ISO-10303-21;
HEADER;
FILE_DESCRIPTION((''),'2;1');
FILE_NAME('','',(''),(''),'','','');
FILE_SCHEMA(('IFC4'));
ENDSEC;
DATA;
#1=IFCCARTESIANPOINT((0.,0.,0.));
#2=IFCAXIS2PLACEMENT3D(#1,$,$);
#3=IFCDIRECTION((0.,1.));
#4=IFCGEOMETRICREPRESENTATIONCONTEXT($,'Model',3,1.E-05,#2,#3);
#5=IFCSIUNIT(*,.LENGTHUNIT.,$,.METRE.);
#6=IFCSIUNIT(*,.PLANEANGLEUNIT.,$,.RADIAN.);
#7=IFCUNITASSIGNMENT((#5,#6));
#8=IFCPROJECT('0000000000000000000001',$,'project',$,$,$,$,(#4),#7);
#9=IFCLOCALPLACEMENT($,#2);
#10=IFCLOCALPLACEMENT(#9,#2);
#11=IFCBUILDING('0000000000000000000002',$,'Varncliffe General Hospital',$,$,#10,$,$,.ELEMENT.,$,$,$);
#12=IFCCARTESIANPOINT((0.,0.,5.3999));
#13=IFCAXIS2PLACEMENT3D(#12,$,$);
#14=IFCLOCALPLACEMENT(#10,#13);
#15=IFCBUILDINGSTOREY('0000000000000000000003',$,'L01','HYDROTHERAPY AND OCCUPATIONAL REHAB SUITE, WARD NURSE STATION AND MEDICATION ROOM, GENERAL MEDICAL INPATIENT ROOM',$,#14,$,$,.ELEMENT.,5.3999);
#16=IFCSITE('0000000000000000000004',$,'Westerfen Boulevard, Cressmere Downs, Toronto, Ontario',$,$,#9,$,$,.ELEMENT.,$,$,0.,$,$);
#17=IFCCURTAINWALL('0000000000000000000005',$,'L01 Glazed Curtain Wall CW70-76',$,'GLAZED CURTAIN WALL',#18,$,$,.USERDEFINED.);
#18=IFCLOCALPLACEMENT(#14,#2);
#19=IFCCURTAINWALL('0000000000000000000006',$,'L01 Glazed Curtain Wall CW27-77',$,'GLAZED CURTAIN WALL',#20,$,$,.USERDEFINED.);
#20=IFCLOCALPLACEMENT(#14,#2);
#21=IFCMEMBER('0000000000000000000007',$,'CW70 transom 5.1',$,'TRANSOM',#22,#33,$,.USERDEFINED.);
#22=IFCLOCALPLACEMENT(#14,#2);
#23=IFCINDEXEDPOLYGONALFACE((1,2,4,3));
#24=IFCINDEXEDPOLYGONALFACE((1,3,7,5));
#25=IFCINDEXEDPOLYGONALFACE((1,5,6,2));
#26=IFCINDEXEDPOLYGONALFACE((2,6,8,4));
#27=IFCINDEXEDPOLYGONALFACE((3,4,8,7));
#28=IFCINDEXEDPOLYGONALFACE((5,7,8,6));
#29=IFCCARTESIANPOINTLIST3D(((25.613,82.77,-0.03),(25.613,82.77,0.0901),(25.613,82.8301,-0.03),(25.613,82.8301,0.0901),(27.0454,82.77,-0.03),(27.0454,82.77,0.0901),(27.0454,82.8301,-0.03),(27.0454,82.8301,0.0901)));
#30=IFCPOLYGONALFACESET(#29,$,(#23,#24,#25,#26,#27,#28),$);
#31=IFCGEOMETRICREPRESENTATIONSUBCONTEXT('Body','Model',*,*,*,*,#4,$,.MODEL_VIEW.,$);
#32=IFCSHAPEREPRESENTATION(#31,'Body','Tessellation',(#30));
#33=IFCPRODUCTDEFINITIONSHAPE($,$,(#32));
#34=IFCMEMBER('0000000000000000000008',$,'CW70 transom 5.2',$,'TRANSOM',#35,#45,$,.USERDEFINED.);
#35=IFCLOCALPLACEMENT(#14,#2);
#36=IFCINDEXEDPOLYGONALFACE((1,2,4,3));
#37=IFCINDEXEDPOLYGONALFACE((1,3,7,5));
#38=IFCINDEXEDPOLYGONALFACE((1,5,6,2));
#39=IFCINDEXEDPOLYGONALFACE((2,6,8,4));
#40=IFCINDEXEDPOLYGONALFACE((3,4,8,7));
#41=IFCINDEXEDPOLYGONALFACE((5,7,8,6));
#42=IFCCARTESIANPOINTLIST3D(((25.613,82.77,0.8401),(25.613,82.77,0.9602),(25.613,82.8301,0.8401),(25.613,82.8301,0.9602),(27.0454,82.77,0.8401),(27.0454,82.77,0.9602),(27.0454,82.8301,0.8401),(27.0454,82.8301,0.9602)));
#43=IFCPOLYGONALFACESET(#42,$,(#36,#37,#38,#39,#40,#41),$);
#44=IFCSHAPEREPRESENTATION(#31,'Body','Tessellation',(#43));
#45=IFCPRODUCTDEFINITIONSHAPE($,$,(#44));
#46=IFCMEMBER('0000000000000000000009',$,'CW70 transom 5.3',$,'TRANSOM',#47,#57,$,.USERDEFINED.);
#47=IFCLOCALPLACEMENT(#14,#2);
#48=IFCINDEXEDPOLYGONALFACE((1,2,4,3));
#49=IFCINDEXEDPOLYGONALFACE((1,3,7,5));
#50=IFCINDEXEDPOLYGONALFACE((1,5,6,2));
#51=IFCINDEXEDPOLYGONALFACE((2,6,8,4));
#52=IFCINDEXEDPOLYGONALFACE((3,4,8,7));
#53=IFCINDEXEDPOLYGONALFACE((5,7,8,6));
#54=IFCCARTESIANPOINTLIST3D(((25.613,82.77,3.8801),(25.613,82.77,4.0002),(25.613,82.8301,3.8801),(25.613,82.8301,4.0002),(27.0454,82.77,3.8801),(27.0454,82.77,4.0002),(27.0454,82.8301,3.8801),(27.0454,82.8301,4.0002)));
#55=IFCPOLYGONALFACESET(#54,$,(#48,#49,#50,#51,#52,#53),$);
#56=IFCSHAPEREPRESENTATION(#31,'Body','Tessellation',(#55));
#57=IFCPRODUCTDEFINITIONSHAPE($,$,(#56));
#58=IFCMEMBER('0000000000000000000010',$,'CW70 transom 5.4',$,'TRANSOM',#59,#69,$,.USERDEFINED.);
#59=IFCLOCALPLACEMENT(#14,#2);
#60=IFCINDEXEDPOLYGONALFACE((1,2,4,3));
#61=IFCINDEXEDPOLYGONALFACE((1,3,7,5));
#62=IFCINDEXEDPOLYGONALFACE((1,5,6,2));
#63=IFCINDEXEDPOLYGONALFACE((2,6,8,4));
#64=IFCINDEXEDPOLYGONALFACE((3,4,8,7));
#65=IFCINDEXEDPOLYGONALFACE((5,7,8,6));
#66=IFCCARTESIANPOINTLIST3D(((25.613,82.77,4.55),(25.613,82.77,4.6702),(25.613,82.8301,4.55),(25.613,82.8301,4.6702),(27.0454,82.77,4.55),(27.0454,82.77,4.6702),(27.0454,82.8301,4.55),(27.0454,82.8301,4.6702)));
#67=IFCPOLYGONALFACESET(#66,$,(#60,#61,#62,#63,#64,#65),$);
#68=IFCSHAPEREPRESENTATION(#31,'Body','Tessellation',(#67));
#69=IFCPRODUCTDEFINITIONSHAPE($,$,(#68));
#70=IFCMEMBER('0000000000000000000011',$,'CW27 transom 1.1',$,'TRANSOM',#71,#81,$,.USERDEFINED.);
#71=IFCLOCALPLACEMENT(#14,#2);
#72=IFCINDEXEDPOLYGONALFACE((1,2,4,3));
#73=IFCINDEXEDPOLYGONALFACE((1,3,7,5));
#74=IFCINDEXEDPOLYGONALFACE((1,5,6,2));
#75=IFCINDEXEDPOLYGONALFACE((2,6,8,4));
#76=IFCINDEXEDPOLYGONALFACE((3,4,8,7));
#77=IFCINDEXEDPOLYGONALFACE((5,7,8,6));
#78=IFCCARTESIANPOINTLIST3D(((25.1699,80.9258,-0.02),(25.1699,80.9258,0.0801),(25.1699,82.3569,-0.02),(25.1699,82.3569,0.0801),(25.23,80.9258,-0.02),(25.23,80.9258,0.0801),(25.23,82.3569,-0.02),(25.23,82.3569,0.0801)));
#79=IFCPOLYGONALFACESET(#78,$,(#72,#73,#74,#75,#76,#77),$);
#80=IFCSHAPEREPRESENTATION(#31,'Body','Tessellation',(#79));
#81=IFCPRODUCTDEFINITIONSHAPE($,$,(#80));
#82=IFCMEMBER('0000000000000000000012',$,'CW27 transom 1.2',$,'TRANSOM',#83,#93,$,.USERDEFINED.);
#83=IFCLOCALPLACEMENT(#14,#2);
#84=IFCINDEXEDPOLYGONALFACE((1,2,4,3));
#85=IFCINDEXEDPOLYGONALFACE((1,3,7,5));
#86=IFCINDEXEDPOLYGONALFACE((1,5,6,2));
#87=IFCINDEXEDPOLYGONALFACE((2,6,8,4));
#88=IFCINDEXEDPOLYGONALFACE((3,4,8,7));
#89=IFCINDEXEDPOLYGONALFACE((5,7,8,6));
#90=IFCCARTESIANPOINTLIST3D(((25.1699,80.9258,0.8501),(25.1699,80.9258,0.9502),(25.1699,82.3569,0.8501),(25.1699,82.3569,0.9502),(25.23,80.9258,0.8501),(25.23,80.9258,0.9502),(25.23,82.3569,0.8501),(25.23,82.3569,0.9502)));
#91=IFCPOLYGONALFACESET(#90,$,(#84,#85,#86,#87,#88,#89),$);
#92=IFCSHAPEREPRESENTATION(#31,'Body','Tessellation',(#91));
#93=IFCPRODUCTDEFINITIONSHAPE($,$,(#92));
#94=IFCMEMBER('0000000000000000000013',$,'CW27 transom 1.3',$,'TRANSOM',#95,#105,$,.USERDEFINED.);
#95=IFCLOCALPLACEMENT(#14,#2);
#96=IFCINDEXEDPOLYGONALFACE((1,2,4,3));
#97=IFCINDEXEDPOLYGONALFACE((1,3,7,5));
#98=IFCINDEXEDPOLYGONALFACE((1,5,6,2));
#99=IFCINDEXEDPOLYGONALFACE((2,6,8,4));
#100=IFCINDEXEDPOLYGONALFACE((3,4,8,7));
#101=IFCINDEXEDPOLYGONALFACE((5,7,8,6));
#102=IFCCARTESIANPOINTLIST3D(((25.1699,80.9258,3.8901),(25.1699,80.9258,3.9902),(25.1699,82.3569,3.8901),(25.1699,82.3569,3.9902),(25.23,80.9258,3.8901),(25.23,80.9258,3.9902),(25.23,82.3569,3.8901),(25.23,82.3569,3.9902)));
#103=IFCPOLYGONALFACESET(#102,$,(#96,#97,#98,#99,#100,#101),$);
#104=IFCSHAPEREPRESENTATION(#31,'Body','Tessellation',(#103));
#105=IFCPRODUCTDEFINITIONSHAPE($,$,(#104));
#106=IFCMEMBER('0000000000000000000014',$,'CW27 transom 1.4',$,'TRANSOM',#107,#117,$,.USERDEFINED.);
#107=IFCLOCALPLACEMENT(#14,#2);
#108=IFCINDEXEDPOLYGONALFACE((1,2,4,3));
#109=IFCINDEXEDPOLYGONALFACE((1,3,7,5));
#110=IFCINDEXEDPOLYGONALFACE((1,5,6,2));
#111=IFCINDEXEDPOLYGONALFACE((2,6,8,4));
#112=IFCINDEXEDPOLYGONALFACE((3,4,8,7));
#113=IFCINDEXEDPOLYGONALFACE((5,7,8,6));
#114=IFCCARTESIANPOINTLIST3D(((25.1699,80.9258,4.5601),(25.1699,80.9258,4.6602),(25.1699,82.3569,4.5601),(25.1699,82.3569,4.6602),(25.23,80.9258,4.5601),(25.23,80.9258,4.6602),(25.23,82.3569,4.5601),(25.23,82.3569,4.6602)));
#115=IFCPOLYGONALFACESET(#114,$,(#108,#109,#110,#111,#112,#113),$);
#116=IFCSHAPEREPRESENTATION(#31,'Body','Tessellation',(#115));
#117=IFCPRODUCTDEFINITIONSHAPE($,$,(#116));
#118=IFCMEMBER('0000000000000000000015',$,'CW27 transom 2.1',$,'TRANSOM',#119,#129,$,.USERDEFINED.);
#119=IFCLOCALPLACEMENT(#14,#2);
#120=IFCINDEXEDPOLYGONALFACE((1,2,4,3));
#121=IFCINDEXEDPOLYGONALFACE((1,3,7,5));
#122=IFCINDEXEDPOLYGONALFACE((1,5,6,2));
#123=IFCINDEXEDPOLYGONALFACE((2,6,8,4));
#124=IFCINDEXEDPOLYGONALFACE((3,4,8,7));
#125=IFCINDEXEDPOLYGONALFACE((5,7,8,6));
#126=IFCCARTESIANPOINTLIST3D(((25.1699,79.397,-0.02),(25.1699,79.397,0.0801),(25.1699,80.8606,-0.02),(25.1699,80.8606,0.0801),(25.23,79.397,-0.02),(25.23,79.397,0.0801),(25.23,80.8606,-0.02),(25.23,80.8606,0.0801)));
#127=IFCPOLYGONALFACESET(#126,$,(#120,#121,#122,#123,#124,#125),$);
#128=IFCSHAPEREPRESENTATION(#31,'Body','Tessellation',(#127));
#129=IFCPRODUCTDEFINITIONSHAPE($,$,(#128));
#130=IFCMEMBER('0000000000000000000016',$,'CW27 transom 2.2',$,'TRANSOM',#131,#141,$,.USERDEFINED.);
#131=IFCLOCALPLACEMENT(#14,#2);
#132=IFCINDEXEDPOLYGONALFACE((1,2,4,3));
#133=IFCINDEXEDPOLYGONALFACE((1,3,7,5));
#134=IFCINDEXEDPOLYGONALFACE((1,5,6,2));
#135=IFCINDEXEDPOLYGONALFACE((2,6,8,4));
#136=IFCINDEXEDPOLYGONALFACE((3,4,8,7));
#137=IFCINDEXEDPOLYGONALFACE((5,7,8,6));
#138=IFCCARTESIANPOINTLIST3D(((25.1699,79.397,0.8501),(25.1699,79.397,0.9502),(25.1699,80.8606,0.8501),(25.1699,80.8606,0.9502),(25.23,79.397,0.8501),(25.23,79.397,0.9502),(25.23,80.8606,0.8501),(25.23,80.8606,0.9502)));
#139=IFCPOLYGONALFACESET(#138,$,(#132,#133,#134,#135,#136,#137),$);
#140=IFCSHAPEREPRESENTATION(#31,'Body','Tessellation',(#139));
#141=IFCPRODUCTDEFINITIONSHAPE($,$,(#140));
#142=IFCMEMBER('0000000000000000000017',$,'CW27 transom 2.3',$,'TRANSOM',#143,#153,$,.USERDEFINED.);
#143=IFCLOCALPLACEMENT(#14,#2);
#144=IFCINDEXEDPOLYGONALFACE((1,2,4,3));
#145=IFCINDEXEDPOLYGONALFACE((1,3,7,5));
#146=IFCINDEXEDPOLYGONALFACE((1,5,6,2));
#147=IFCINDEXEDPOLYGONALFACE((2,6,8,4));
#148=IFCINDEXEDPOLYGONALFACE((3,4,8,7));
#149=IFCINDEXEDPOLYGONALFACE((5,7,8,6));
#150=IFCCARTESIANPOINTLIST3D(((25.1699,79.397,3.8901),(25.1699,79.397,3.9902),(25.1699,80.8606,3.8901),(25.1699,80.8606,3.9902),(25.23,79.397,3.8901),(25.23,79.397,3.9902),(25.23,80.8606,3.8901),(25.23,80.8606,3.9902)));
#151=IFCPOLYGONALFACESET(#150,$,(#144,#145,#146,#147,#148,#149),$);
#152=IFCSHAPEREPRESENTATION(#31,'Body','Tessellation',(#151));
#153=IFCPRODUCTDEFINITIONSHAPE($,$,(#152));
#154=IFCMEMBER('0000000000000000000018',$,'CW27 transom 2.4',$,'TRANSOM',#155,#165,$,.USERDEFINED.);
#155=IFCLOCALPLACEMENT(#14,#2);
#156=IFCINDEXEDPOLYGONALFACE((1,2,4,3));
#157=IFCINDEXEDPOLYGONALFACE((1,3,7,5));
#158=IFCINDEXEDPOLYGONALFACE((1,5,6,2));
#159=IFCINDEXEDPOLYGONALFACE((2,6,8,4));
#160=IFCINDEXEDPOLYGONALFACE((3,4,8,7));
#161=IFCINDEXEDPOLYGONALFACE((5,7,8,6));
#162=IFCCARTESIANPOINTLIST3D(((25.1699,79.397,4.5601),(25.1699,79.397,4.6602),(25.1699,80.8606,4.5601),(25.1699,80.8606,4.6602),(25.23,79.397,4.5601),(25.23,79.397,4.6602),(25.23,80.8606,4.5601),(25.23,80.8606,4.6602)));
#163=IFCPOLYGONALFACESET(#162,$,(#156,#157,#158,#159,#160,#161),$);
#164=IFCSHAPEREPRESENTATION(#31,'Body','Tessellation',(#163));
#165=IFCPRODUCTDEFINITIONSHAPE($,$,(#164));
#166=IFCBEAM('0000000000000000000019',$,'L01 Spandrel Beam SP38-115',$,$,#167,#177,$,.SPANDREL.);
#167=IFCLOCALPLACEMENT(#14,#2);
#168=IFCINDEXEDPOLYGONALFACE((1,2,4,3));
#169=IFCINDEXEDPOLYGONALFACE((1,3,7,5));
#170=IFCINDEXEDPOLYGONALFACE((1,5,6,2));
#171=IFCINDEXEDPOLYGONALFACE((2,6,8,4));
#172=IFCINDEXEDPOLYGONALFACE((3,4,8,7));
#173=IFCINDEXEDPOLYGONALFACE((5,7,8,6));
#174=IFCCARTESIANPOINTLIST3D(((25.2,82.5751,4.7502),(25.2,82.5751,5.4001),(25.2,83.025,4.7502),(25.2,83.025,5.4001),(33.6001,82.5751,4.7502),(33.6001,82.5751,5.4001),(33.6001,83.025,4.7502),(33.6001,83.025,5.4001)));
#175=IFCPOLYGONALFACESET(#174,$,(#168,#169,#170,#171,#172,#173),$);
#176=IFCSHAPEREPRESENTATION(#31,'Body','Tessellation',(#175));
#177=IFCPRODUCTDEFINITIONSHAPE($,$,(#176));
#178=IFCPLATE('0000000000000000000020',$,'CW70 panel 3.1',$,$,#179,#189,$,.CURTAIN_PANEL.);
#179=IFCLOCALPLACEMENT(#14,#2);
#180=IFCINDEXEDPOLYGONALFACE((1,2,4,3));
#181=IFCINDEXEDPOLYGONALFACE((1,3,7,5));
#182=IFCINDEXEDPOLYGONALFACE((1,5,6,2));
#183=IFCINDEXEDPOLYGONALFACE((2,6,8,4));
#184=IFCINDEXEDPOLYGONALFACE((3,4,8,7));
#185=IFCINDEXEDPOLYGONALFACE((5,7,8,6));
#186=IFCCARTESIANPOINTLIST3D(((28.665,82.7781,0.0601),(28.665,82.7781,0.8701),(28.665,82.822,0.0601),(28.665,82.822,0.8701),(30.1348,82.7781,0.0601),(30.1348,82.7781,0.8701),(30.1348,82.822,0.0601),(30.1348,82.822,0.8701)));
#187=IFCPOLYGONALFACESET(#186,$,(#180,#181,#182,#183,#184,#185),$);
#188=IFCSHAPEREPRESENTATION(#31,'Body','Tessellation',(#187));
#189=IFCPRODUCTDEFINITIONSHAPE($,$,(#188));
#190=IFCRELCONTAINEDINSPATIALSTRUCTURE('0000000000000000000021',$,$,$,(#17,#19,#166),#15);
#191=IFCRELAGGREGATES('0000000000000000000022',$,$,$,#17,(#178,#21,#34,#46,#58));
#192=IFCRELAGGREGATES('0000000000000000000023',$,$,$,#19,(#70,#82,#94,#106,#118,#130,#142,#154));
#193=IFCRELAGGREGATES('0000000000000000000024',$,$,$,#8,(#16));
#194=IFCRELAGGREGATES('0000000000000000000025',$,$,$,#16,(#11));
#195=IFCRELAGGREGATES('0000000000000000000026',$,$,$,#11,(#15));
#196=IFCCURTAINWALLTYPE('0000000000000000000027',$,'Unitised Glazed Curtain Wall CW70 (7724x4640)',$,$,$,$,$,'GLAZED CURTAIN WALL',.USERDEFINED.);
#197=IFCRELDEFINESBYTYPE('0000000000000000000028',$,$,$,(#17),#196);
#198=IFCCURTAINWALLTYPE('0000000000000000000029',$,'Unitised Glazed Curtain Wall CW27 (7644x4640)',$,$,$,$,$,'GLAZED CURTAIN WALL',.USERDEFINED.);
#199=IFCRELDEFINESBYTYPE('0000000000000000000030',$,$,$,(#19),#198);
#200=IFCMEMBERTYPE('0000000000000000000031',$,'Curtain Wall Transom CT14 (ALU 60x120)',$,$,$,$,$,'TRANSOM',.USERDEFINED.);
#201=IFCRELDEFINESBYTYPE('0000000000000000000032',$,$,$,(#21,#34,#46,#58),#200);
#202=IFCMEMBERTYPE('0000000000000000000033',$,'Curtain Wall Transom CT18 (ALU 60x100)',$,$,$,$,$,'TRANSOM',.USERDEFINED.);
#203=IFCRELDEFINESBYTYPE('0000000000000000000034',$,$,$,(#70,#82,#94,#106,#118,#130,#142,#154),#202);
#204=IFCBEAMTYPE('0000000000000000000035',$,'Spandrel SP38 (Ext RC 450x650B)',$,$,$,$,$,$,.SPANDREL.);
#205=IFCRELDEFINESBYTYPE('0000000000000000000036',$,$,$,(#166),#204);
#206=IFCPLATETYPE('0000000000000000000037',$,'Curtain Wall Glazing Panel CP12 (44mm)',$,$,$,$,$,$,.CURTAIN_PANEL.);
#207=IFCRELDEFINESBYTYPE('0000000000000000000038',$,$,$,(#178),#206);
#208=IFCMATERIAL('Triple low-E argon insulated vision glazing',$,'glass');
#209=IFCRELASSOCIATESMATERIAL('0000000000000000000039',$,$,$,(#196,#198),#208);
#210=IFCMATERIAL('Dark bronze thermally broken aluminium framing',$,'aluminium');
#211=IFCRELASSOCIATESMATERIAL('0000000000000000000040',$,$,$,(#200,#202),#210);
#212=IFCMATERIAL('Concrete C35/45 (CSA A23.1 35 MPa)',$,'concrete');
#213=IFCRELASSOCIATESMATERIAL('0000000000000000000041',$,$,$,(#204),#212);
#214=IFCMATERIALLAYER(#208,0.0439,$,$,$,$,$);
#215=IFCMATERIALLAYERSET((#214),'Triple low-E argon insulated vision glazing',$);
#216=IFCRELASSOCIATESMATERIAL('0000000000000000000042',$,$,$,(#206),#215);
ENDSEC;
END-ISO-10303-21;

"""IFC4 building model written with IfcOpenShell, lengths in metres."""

from ifc_helpers import new_model, si_unit, direction, frame, origin, origin_2d, place, context, subcontext, project, spatial, rectangle, extrude, material, layer, layer_set, material_profile, profile_set, type_object, element, aggregate, save


model = new_model("IFC4")

# Units and contexts
model_context = context("Model", 3, precision=1e-05, world=origin(), true_north=direction((0.0, 1.0)))
body_context = subcontext(model_context, "Body", "Model", "MODEL_VIEW")
ifc_project = project(units=[si_unit("LENGTHUNIT", "METRE"), si_unit("PLANEANGLEUNIT", "RADIAN")], contexts=[model_context])

# Site, building, storey
site_placement = place(None, origin())
site = spatial("IfcSite", under=ifc_project, at=site_placement, Name="Westerfen Boulevard, Cressmere Downs, Toronto, Ontario", CompositionType="ELEMENT", RefElevation=0.0)
building_placement = place(site_placement, origin())
building = spatial("IfcBuilding", under=site, at=building_placement, Name="Varncliffe General Hospital", CompositionType="ELEMENT")
storey_placement = place(building_placement, frame((0.0, 0.0, 5.3999)))
storey = spatial("IfcBuildingStorey", under=building, at=storey_placement, Name="L01", Description="HYDROTHERAPY AND OCCUPATIONAL REHAB SUITE, WARD NURSE STATION AND MEDICATION ROOM, GENERAL MEDICAL INPATIENT ROOM", CompositionType="ELEMENT", Elevation=5.3999)

# Shared definitions
ifc_material_1 = material(Name="Concrete C35/45 (CSA A23.1 35 MPa)", Category="concrete")

# Curtain walls
ifc_material_2 = material(Name="Triple low-E argon insulated vision glazing", Category="glass")
curtain_wall_type_1 = type_object("IfcCurtainWallType", Name="Unitised Glazed Curtain Wall CW70 (7724x4640)", ElementType="GLAZED CURTAIN WALL", PredefinedType="USERDEFINED", material=ifc_material_2)
curtain_wall_1_placement = place(storey_placement, origin())
curtain_wall_1 = element("IfcCurtainWall", 1, at=curtain_wall_1_placement, inside=storey, type_object=curtain_wall_type_1, Name="L01 Glazed Curtain Wall CW70-76", ObjectType="GLAZED CURTAIN WALL", PredefinedType="USERDEFINED")
ifc_material_3 = material(Name="Dark bronze thermally broken aluminium framing", Category="aluminium")
curtain_wall_type_2 = type_object("IfcCurtainWallType", Name="Unitised Glazed Curtain Wall CW27 (7644x4640)", ElementType="GLAZED CURTAIN WALL", PredefinedType="USERDEFINED", material=ifc_material_2)
curtain_wall_2_placement = place(storey_placement, origin())
curtain_wall_2 = element("IfcCurtainWall", 2, at=curtain_wall_2_placement, inside=storey, type_object=curtain_wall_type_2, Name="L01 Glazed Curtain Wall CW27-77", ObjectType="GLAZED CURTAIN WALL", PredefinedType="USERDEFINED")

# Members
ifc_material_profile_1 = material_profile(ifc_material_3, rectangle(XDim=0.0601, YDim=0.1201, at=origin_2d()), Name="ALU 60x120")
ifc_profile_set_1 = profile_set([ifc_material_profile_1], Name="Dark bronze thermally broken aluminium framing")
member_type_1 = type_object("IfcMemberType", Name="Curtain Wall Transom CT14 (ALU 60x120)", ElementType="TRANSOM", PredefinedType="USERDEFINED", material=ifc_profile_set_1)
member_1_placement = place(storey_placement, frame((27.0454, 82.8, 0.03), z_axis=(-1.0, 0.0, 0.0), x_axis=(0.0, -1.0, 0.0)))
member_1 = element("IfcMember", 3, at=member_1_placement, type_object=member_type_1, Name="CW70 transom 5.1", ObjectType="TRANSOM", PredefinedType="USERDEFINED", context=body_context, shape_type="SweptSolid", body=[
    extrude(rectangle(XDim=0.0601, YDim=0.1201, at=origin_2d()), origin(), (0.0, 0.0, 1.0), 1.4324),
])
member_2_placement = place(storey_placement, frame((27.0454, 82.8, 0.9001), z_axis=(-1.0, 0.0, 0.0), x_axis=(0.0, -1.0, 0.0)))
member_2 = element("IfcMember", 4, at=member_2_placement, type_object=member_type_1, Name="CW70 transom 5.2", ObjectType="TRANSOM", PredefinedType="USERDEFINED", context=body_context, shape_type="SweptSolid", body=[
    extrude(rectangle(XDim=0.0601, YDim=0.1201, at=origin_2d()), origin(), (0.0, 0.0, 1.0), 1.4324),
])
member_3_placement = place(storey_placement, frame((27.0454, 82.8, 3.9402), z_axis=(-1.0, 0.0, 0.0), x_axis=(0.0, -1.0, 0.0)))
member_3 = element("IfcMember", 5, at=member_3_placement, type_object=member_type_1, Name="CW70 transom 5.3", ObjectType="TRANSOM", PredefinedType="USERDEFINED", context=body_context, shape_type="SweptSolid", body=[
    extrude(rectangle(XDim=0.0601, YDim=0.1201, at=origin_2d()), origin(), (0.0, 0.0, 1.0), 1.4324),
])
member_4_placement = place(storey_placement, frame((27.0454, 82.8, 4.6101), z_axis=(-1.0, 0.0, 0.0), x_axis=(0.0, -1.0, 0.0)))
member_4 = element("IfcMember", 6, at=member_4_placement, type_object=member_type_1, Name="CW70 transom 5.4", ObjectType="TRANSOM", PredefinedType="USERDEFINED", context=body_context, shape_type="SweptSolid", body=[
    extrude(rectangle(XDim=0.0601, YDim=0.1201, at=origin_2d()), origin(), (0.0, 0.0, 1.0), 1.4324),
])
ifc_material_profile_2 = material_profile(ifc_material_3, rectangle(XDim=0.0601, YDim=0.1001, at=origin_2d()), Name="ALU 60x100")
ifc_profile_set_2 = profile_set([ifc_material_profile_2], Name="Dark bronze thermally broken aluminium framing")
member_type_2 = type_object("IfcMemberType", Name="Curtain Wall Transom CT18 (ALU 60x100)", ElementType="TRANSOM", PredefinedType="USERDEFINED", material=ifc_profile_set_2)
member_5_placement = place(storey_placement, frame((25.2, 82.3569, 0.03), z_axis=(0.0, -1.0, 0.0), x_axis=(1.0, 0.0, 0.0)))
member_5 = element("IfcMember", 7, at=member_5_placement, type_object=member_type_2, Name="CW27 transom 1.1", ObjectType="TRANSOM", PredefinedType="USERDEFINED", context=body_context, shape_type="SweptSolid", body=[
    extrude(rectangle(XDim=0.0601, YDim=0.1001, at=origin_2d()), origin(), (0.0, 0.0, 1.0), 1.4312),
])
member_6_placement = place(storey_placement, frame((25.2, 82.3569, 0.9001), z_axis=(0.0, -1.0, 0.0), x_axis=(1.0, 0.0, 0.0)))
member_6 = element("IfcMember", 8, at=member_6_placement, type_object=member_type_2, Name="CW27 transom 1.2", ObjectType="TRANSOM", PredefinedType="USERDEFINED", context=body_context, shape_type="SweptSolid", body=[
    extrude(rectangle(XDim=0.0601, YDim=0.1001, at=origin_2d()), origin(), (0.0, 0.0, 1.0), 1.4312),
])
member_7_placement = place(storey_placement, frame((25.2, 82.3569, 3.9402), z_axis=(0.0, -1.0, 0.0), x_axis=(1.0, 0.0, 0.0)))
member_7 = element("IfcMember", 9, at=member_7_placement, type_object=member_type_2, Name="CW27 transom 1.3", ObjectType="TRANSOM", PredefinedType="USERDEFINED", context=body_context, shape_type="SweptSolid", body=[
    extrude(rectangle(XDim=0.0601, YDim=0.1001, at=origin_2d()), origin(), (0.0, 0.0, 1.0), 1.4312),
])
member_8_placement = place(storey_placement, frame((25.2, 82.3569, 4.6101), z_axis=(0.0, -1.0, 0.0), x_axis=(1.0, 0.0, 0.0)))
member_8 = element("IfcMember", 10, at=member_8_placement, type_object=member_type_2, Name="CW27 transom 1.4", ObjectType="TRANSOM", PredefinedType="USERDEFINED", context=body_context, shape_type="SweptSolid", body=[
    extrude(rectangle(XDim=0.0601, YDim=0.1001, at=origin_2d()), origin(), (0.0, 0.0, 1.0), 1.4312),
])
member_9_placement = place(storey_placement, frame((25.2, 80.8606, 0.03), z_axis=(0.0, -1.0, 0.0), x_axis=(1.0, 0.0, 0.0)))
member_9 = element("IfcMember", 11, at=member_9_placement, type_object=member_type_2, Name="CW27 transom 2.1", ObjectType="TRANSOM", PredefinedType="USERDEFINED", context=body_context, shape_type="SweptSolid", body=[
    extrude(rectangle(XDim=0.0601, YDim=0.1001, at=origin_2d()), origin(), (0.0, 0.0, 1.0), 1.4636),
])
member_10_placement = place(storey_placement, frame((25.2, 80.8606, 0.9001), z_axis=(0.0, -1.0, 0.0), x_axis=(1.0, 0.0, 0.0)))
member_10 = element("IfcMember", 12, at=member_10_placement, type_object=member_type_2, Name="CW27 transom 2.2", ObjectType="TRANSOM", PredefinedType="USERDEFINED", context=body_context, shape_type="SweptSolid", body=[
    extrude(rectangle(XDim=0.0601, YDim=0.1001, at=origin_2d()), origin(), (0.0, 0.0, 1.0), 1.4636),
])
member_11_placement = place(storey_placement, frame((25.2, 80.8606, 3.9402), z_axis=(0.0, -1.0, 0.0), x_axis=(1.0, 0.0, 0.0)))
member_11 = element("IfcMember", 13, at=member_11_placement, type_object=member_type_2, Name="CW27 transom 2.3", ObjectType="TRANSOM", PredefinedType="USERDEFINED", context=body_context, shape_type="SweptSolid", body=[
    extrude(rectangle(XDim=0.0601, YDim=0.1001, at=origin_2d()), origin(), (0.0, 0.0, 1.0), 1.4636),
])
member_12_placement = place(storey_placement, frame((25.2, 80.8606, 4.6101), z_axis=(0.0, -1.0, 0.0), x_axis=(1.0, 0.0, 0.0)))
member_12 = element("IfcMember", 14, at=member_12_placement, type_object=member_type_2, Name="CW27 transom 2.4", ObjectType="TRANSOM", PredefinedType="USERDEFINED", context=body_context, shape_type="SweptSolid", body=[
    extrude(rectangle(XDim=0.0601, YDim=0.1001, at=origin_2d()), origin(), (0.0, 0.0, 1.0), 1.4636),
])

# Beam
ifc_material_profile_3 = material_profile(ifc_material_1, rectangle(XDim=0.45, YDim=0.6499, at=origin_2d()), Name="RC 450x650")
ifc_profile_set_3 = profile_set([ifc_material_profile_3], Name="Concrete C35/45 (CSA A23.1 35 MPa)")
beam_type_1 = type_object("IfcBeamType", Name="Spandrel SP38 (Ext RC 450x650B)", PredefinedType="SPANDREL", material=ifc_profile_set_3)
beam_1_placement = place(storey_placement, frame((25.2, 82.8, 5.0752), z_axis=(1.0, 0.0, 0.0), x_axis=(0.0, 1.0, 0.0)))
element("IfcBeam", 15, at=beam_1_placement, inside=storey, type_object=beam_type_1, Name="L01 Spandrel Beam SP38-115", PredefinedType="SPANDREL", context=body_context, shape_type="SweptSolid", body=[
    extrude(rectangle(XDim=0.45, YDim=0.6499, at=origin_2d()), origin(), (0.0, 0.0, 1.0), 8.4001),
])

# Plate
ifc_layer_1 = layer(ifc_material_2, 0.0439)
ifc_layer_set_1 = layer_set([ifc_layer_1], Name="Triple low-E argon insulated vision glazing")
plate_type_1 = type_object("IfcPlateType", Name="Curtain Wall Glazing Panel CP12 (44mm)", PredefinedType="CURTAIN_PANEL", material=ifc_layer_set_1)
plate_1_placement = place(storey_placement, frame((29.3999, 82.8, 0.0601), z_axis=(0.0, 0.0, 1.0), x_axis=(-1.0, 0.0, 0.0)))
plate_1 = element("IfcPlate", 16, at=plate_1_placement, type_object=plate_type_1, Name="CW70 panel 3.1", PredefinedType="CURTAIN_PANEL", context=body_context, shape_type="SweptSolid", body=[
    extrude(rectangle(XDim=1.4697, YDim=0.0439, at=origin_2d()), origin(), (0.0, 0.0, 1.0), 0.8101),
])
aggregate(curtain_wall_1, [plate_1, member_1, member_2, member_3, member_4])
aggregate(curtain_wall_2, [member_5, member_6, member_7, member_8, member_9, member_10, member_11, member_12])

save(model, "model.ifc")
